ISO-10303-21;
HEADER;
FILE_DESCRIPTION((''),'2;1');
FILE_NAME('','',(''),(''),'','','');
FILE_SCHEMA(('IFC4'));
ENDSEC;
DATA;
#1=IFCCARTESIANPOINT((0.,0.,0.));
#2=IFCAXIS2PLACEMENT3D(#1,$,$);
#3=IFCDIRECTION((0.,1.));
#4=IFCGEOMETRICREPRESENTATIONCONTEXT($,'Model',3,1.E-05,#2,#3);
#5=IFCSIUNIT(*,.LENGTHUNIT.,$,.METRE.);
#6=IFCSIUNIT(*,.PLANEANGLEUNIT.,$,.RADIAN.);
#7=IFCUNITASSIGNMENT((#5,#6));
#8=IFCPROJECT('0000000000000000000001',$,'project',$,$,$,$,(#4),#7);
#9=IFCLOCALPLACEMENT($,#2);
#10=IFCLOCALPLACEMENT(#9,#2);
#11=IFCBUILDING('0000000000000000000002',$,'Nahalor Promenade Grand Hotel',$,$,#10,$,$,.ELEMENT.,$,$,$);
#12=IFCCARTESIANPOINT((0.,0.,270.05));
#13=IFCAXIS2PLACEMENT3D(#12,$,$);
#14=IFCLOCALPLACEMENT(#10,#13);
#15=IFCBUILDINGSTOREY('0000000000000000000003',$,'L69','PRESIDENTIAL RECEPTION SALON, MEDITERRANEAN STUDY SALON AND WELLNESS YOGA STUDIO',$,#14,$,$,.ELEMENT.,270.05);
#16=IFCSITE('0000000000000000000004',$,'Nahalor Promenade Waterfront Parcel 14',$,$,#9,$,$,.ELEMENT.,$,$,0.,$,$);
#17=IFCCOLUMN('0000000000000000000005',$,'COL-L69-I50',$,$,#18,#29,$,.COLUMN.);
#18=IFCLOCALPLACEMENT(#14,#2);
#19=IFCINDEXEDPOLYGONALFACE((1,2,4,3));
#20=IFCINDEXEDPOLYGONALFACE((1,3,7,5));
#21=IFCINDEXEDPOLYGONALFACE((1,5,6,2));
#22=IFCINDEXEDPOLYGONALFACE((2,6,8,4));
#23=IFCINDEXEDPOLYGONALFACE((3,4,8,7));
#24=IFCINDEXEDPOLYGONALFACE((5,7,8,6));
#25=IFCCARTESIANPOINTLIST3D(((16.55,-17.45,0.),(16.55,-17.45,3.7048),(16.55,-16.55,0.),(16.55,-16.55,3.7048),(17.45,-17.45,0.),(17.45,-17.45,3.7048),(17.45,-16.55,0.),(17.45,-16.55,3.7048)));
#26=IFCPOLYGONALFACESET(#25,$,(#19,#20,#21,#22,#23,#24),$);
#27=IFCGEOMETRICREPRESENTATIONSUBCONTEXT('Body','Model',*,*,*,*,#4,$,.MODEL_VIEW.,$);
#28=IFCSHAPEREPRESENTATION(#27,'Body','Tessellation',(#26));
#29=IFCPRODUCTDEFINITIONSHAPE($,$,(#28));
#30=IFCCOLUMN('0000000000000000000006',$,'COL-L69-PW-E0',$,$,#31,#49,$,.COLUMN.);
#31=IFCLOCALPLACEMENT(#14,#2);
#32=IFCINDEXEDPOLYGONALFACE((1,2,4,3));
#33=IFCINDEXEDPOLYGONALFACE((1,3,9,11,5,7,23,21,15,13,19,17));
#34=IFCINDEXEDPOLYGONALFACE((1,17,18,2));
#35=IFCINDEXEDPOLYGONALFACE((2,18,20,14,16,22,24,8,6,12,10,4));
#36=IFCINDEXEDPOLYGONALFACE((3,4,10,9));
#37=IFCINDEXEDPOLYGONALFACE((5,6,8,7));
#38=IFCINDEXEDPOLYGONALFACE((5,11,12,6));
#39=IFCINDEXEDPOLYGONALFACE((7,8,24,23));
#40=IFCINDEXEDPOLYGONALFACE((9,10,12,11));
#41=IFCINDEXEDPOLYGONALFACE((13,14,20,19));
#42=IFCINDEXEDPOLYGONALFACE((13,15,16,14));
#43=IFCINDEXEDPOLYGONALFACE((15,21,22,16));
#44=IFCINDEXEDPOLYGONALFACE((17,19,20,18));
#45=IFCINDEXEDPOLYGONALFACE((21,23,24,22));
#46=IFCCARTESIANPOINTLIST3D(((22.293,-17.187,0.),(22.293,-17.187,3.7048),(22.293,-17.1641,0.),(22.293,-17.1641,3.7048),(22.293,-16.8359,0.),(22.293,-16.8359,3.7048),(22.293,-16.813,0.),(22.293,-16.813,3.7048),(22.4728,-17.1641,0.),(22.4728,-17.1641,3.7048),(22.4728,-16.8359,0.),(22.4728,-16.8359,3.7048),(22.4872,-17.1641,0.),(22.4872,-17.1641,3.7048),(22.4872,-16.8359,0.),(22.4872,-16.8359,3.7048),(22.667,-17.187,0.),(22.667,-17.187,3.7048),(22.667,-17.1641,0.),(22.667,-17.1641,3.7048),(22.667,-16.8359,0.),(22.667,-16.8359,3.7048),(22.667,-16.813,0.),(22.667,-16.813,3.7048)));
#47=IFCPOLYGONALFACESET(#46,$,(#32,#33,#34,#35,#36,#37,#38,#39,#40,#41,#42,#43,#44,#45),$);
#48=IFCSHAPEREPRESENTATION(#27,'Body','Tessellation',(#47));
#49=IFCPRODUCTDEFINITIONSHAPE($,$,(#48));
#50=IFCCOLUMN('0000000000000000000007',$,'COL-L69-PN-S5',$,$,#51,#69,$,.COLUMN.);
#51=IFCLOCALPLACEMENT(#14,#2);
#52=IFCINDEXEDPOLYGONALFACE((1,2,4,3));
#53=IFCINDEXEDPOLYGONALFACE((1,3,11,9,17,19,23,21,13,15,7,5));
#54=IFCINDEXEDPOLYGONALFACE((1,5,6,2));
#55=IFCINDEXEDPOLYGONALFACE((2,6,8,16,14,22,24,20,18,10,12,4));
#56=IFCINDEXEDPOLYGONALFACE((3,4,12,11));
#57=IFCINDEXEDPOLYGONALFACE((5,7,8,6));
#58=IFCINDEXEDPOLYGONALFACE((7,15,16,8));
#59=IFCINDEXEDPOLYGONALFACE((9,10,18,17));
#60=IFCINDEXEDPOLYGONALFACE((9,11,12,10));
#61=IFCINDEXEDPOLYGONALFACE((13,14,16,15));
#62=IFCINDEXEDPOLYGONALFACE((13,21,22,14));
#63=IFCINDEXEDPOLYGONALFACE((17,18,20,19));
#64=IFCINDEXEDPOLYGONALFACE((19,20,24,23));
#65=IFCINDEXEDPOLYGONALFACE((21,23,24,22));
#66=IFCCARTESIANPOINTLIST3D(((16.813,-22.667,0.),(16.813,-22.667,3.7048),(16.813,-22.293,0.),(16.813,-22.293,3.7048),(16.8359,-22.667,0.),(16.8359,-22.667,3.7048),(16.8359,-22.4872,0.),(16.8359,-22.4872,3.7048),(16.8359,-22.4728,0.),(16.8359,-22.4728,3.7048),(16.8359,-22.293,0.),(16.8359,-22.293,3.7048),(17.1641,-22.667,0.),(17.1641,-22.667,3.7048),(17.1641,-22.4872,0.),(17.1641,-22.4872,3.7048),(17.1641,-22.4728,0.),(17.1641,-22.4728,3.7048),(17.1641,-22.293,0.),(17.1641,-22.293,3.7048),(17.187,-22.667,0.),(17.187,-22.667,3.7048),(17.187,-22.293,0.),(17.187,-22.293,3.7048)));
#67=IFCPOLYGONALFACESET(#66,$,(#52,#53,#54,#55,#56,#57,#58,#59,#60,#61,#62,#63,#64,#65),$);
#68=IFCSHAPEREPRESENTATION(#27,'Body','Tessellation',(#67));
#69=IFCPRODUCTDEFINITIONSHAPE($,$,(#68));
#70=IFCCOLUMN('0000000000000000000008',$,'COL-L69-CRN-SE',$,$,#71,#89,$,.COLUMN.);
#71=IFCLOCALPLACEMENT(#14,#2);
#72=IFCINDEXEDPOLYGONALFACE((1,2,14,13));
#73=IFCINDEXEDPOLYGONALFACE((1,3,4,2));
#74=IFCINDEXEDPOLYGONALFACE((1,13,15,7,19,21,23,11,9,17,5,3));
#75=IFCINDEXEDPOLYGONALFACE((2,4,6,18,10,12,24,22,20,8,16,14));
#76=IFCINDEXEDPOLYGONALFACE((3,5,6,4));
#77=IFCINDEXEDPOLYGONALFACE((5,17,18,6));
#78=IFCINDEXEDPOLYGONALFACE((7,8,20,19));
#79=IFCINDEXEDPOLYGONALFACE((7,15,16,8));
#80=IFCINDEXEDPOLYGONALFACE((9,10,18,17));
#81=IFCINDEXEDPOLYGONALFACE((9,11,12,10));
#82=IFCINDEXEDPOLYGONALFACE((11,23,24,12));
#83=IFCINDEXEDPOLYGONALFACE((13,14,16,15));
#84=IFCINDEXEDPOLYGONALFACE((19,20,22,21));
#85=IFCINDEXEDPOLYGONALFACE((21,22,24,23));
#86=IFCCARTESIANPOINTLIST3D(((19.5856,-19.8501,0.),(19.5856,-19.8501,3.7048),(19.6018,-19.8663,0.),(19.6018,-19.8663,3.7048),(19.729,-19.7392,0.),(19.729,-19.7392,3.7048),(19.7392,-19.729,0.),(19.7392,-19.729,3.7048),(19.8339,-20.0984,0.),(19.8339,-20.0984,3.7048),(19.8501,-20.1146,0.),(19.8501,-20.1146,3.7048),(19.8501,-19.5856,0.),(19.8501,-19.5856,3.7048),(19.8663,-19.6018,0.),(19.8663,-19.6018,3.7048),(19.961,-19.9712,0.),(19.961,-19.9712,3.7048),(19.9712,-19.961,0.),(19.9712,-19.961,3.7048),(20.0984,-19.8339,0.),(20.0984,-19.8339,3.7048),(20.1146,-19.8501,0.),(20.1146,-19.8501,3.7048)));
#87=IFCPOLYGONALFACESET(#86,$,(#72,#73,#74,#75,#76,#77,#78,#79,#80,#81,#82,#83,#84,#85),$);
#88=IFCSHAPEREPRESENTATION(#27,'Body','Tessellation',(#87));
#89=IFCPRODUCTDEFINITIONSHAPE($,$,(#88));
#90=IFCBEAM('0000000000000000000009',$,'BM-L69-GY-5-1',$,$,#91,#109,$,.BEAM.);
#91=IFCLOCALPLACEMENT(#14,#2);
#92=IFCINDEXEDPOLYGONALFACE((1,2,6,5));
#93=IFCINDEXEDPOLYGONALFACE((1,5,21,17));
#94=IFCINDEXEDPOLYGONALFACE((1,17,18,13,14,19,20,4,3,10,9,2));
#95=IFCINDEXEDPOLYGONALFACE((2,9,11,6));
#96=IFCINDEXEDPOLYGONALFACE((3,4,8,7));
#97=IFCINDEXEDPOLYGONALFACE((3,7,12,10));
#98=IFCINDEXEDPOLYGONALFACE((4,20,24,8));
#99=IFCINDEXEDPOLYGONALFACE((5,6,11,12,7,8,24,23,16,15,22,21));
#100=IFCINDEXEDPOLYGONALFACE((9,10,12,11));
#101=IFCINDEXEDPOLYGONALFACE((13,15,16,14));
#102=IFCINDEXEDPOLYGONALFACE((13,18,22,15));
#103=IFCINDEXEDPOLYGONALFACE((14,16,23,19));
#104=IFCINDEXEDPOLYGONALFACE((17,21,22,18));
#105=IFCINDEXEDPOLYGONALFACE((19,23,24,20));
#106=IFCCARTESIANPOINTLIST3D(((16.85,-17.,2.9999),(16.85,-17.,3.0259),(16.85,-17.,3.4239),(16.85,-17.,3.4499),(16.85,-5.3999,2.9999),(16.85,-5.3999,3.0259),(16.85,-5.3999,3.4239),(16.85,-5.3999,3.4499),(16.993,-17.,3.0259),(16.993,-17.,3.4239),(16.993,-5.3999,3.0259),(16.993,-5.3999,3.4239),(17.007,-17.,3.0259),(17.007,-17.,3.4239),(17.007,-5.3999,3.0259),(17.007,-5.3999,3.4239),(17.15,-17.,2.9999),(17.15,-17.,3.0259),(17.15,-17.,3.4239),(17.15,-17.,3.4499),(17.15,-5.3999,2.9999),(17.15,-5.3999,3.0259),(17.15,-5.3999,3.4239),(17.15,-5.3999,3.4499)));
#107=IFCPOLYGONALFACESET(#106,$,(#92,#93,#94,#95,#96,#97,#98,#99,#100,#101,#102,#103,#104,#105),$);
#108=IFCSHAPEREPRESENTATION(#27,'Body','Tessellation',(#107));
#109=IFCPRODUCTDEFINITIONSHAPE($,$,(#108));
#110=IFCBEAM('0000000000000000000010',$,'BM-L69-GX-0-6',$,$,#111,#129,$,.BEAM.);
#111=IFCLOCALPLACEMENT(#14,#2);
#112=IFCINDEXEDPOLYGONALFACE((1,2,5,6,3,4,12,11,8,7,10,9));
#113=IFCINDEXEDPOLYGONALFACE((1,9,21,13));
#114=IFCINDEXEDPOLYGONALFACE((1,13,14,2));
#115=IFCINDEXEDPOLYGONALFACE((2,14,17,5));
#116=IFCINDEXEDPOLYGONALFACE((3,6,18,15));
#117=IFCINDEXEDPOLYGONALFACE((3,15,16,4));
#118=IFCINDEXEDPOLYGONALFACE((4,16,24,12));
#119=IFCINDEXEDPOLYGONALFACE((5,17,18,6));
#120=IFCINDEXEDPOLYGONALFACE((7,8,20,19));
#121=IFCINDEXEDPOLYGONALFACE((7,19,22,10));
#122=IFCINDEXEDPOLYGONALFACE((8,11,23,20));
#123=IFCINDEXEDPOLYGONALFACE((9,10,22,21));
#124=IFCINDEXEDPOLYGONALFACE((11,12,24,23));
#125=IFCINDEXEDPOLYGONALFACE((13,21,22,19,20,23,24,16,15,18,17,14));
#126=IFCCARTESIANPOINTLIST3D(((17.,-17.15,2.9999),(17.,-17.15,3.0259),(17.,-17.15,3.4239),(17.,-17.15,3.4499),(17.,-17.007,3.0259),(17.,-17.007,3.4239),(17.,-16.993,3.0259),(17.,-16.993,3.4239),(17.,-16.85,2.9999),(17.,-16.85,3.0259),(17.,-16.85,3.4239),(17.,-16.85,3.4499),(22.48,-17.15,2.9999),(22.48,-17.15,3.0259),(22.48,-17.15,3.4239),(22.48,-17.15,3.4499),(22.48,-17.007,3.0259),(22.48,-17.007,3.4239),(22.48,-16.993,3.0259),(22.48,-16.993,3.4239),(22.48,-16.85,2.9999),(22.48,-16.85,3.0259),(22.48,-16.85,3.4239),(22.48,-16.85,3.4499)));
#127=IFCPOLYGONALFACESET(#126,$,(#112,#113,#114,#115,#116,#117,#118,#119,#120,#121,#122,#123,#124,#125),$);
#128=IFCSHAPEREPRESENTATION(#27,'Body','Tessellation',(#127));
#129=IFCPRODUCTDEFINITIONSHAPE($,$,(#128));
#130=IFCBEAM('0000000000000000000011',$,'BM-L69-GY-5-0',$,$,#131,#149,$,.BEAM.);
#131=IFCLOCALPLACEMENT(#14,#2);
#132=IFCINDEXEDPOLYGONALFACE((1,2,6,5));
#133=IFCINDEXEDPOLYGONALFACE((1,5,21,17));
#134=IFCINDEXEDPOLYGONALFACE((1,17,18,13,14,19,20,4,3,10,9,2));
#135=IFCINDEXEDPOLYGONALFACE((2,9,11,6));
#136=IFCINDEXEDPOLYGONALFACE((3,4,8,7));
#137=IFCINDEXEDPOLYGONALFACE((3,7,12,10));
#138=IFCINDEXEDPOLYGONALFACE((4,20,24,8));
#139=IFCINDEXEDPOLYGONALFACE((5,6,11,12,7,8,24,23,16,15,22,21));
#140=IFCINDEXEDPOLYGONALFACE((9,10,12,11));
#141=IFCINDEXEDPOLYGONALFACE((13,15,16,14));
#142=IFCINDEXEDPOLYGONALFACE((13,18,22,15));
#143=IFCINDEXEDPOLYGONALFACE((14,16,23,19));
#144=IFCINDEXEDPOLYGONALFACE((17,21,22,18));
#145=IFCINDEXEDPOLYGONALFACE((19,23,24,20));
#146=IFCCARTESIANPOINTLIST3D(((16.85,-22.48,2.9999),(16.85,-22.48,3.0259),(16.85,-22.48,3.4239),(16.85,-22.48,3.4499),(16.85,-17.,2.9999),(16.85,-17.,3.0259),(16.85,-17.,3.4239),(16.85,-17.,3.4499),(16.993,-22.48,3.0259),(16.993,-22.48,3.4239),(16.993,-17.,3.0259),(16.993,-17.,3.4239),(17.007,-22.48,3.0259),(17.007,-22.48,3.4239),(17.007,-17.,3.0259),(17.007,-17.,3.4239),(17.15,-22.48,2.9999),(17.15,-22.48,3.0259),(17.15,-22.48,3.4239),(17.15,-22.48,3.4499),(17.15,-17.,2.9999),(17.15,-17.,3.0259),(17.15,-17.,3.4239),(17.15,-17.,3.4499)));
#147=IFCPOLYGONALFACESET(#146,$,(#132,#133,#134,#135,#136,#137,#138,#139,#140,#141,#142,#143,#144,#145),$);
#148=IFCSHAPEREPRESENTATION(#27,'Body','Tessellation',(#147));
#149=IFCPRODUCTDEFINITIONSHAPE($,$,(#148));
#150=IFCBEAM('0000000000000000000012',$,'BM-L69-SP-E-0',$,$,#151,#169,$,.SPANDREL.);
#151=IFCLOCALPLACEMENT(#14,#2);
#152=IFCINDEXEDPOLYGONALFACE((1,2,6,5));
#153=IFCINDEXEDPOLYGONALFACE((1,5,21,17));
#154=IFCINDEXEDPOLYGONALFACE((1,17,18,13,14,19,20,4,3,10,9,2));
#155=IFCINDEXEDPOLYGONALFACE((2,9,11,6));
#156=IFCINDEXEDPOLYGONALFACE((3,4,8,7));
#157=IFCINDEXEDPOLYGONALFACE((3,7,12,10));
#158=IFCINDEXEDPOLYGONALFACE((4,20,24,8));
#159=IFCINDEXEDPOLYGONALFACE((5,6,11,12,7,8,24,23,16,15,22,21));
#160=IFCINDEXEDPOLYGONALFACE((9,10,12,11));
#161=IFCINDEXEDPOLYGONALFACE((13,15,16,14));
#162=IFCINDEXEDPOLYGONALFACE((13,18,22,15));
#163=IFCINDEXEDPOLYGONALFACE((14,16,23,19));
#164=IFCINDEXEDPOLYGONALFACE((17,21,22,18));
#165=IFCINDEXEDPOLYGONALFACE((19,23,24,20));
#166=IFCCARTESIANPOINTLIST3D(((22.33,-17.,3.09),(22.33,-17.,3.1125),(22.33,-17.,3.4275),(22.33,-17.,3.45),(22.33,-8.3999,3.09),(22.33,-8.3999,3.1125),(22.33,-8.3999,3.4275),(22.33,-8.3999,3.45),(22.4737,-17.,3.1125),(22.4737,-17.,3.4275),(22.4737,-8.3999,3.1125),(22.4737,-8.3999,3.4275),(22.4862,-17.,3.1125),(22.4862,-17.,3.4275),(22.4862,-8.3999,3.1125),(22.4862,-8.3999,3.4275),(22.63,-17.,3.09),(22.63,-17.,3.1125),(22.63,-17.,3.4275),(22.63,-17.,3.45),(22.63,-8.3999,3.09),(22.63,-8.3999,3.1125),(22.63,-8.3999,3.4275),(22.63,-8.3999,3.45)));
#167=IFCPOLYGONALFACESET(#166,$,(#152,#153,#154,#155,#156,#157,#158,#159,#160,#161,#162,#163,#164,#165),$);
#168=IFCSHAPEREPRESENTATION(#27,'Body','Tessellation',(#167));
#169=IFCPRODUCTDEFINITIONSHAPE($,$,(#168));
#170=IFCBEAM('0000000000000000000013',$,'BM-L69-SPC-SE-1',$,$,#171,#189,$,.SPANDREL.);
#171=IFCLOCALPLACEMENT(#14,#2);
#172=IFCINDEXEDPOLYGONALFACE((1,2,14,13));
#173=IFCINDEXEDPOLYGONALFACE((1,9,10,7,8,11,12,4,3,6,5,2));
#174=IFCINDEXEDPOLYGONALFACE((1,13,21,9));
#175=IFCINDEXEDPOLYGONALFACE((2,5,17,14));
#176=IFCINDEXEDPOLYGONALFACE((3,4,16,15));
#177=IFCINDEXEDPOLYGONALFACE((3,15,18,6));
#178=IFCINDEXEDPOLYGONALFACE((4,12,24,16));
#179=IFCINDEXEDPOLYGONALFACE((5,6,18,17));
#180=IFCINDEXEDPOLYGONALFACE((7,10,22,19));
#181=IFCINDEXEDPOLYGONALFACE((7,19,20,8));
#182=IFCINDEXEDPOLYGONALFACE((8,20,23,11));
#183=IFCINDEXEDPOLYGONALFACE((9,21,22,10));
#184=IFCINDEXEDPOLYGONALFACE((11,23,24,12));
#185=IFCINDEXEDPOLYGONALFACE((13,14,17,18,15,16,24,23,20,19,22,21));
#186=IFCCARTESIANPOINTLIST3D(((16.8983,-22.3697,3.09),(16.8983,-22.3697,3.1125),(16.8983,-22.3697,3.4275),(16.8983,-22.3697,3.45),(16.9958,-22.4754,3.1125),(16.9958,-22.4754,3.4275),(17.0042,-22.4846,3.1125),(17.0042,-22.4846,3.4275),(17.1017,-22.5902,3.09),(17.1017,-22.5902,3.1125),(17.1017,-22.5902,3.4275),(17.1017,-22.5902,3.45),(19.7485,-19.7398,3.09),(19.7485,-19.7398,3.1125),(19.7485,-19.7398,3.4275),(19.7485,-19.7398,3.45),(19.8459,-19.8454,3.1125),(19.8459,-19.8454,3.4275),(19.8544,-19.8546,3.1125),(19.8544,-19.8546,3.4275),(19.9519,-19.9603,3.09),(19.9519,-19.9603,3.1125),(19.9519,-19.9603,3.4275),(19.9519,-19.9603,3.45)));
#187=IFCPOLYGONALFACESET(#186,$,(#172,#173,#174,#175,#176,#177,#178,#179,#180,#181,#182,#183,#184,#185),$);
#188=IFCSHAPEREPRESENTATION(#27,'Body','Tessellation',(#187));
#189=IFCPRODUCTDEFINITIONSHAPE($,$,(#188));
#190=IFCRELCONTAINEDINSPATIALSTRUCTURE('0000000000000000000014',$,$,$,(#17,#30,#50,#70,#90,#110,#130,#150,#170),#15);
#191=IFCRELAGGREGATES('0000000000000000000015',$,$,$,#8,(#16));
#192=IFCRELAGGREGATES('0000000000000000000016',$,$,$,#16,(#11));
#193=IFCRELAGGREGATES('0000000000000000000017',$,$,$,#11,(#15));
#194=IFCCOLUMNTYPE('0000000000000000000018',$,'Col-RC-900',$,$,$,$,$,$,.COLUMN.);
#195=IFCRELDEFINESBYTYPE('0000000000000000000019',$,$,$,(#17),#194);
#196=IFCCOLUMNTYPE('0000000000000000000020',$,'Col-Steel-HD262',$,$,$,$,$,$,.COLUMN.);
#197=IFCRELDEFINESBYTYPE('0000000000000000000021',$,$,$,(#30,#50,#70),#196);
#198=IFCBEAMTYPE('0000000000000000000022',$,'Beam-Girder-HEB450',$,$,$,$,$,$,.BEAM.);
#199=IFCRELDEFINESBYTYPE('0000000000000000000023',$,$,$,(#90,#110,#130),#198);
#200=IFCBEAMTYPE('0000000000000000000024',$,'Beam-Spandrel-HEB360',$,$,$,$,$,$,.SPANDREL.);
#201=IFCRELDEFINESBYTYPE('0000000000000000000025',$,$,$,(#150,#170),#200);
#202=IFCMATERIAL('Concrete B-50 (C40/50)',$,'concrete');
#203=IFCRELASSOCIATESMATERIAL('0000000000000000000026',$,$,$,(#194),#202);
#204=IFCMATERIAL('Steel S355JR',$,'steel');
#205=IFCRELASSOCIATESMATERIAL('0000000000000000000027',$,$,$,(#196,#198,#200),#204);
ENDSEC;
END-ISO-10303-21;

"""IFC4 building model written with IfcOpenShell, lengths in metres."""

from ifc_helpers import new_model, si_unit, direction, frame, origin, origin_2d, place, context, subcontext, project, spatial, rectangle, i_section, extrude, source, transform, mapped, material, material_profile, profile_set, type_object, element, save


model = new_model("IFC4")

# Units and contexts
model_context = context("Model", 3, precision=1e-05, world=origin(), true_north=direction((0.0, 1.0)))
body_context = subcontext(model_context, "Body", "Model", "MODEL_VIEW")
ifc_project = project(units=[si_unit("LENGTHUNIT", "METRE"), si_unit("PLANEANGLEUNIT", "RADIAN")], contexts=[model_context])

# Site, building, storey
site_placement = place(None, origin())
site = spatial("IfcSite", under=ifc_project, at=site_placement, Name="Nahalor Promenade Waterfront Parcel 14", CompositionType="ELEMENT", RefElevation=0.0)
building_placement = place(site_placement, origin())
building = spatial("IfcBuilding", under=site, at=building_placement, Name="Nahalor Promenade Grand Hotel", CompositionType="ELEMENT")
storey_placement = place(building_placement, frame((0.0, 0.0, 270.05)))
storey = spatial("IfcBuildingStorey", under=building, at=storey_placement, Name="L69", Description="PRESIDENTIAL RECEPTION SALON, MEDITERRANEAN STUDY SALON AND WELLNESS YOGA STUDIO", CompositionType="ELEMENT", Elevation=270.05)

# Columns
ifc_material_1 = material(Name="Concrete B-50 (C40/50)", Category="concrete")
ifc_material_profile_1 = material_profile(ifc_material_1, rectangle(XDim=0.9, YDim=0.9, at=origin_2d()), Name="RC 900x900")
ifc_profile_set_1 = profile_set([ifc_material_profile_1], Name="Concrete B-50 (C40/50)")
column_type_1 = type_object("IfcColumnType", Name="Col-RC-900", PredefinedType="COLUMN", material=ifc_profile_set_1)
shared_shape_1 = source(origin(), body_context, "Body", "SweptSolid", [
    extrude(rectangle(XDim=0.9, YDim=0.9, at=origin_2d()), origin(), (0.0, 0.0, 1.0), 3.7048),
])
column_placement = place(storey_placement, frame((17.0, -17.0, 0.0), z_axis=(0.0, 0.0, 1.0), x_axis=(1.0, 0.0, 0.0)))
element("IfcColumn", 1, at=column_placement, inside=storey, type_object=column_type_1, Name="COL-L69-I50", PredefinedType="COLUMN", context=body_context, shape_type="MappedRepresentation", body=[
    mapped(shared_shape_1, transform((0.0, 0.0, 0.0), scale=1.0)),
])
ifc_material_2 = material(Name="Steel S355JR", Category="steel")
ifc_material_profile_2 = material_profile(ifc_material_2, i_section(OverallWidth=0.374, OverallDepth=0.374, WebThickness=0.0144, FlangeThickness=0.0229, at=origin_2d()), Name="HD 360x262")
ifc_profile_set_2 = profile_set([ifc_material_profile_2], Name="Steel S355JR")
column_type_2 = type_object("IfcColumnType", Name="Col-Steel-HD262", PredefinedType="COLUMN", material=ifc_profile_set_2)
shared_shape_2 = source(origin(), body_context, "Body", "SweptSolid", [
    extrude(i_section(OverallWidth=0.374, OverallDepth=0.374, WebThickness=0.0144, FlangeThickness=0.0229, at=origin_2d()), origin(), (0.0, 0.0, 1.0), 3.7048),
])
for number, where, z_axis, x_axis, name in (
    (2, (22.48, -17.0, 0.0), (0.0, 0.0, 1.0), (1.0, 0.0, 0.0), "COL-L69-PW-E0"),
    (3, (17.0, -22.48, 0.0), (0.0, 0.0, 1.0), (0.0, 1.0, 0.0), "COL-L69-PN-S5"),
    (4, (19.8501, -19.8501, 0.0), (0.0, 0.0, 1.0), (0.707107, 0.707107, 0.0), "COL-L69-CRN-SE"),
):
    element("IfcColumn", number, at=place(storey_placement, frame(where, z_axis=z_axis, x_axis=x_axis)), inside=storey, type_object=column_type_2, Name=name, PredefinedType="COLUMN", context=body_context, shape_type="MappedRepresentation", body=[
        mapped(shared_shape_2, transform((0.0, 0.0, 0.0), scale=1.0)),
    ])

# Beams
ifc_material_profile_3 = material_profile(ifc_material_2, i_section(OverallWidth=0.3, OverallDepth=0.45, WebThickness=0.014, FlangeThickness=0.026, at=origin_2d()), Name="HEB 450")
ifc_profile_set_3 = profile_set([ifc_material_profile_3], Name="Steel S355JR")
beam_type_1 = type_object("IfcBeamType", Name="Beam-Girder-HEB450", PredefinedType="BEAM", material=ifc_profile_set_3)
shared_shape_3 = source(origin(), body_context, "Body", "SweptSolid", [
    extrude(i_section(OverallWidth=0.3, OverallDepth=0.45, WebThickness=0.014, FlangeThickness=0.026, at=origin_2d()), origin(), (0.0, 0.0, 1.0), 11.6001),
])
beam_1_placement = place(storey_placement, frame((17.0, -17.0, 3.2249), z_axis=(0.0, 1.0, 0.0), x_axis=(-1.0, 0.0, 0.0)))
element("IfcBeam", 5, at=beam_1_placement, inside=storey, type_object=beam_type_1, Name="BM-L69-GY-5-1", PredefinedType="BEAM", context=body_context, shape_type="MappedRepresentation", body=[
    mapped(shared_shape_3, transform((0.0, 0.0, 0.0), scale=1.0)),
])
shared_shape_4 = source(origin(), body_context, "Body", "SweptSolid", [
    extrude(i_section(OverallWidth=0.3, OverallDepth=0.45, WebThickness=0.014, FlangeThickness=0.026, at=origin_2d()), origin(), (0.0, 0.0, 1.0), 5.48),
])
for number, where, z_axis, x_axis, name in (
    (6, (17.0, -17.0, 3.2249), (1.0, 0.0, 0.0), (0.0, 1.0, 0.0), "BM-L69-GX-0-6"),
    (7, (17.0, -22.48, 3.2249), (0.0, 1.0, 0.0), (-1.0, 0.0, 0.0), "BM-L69-GY-5-0"),
):
    element("IfcBeam", number, at=place(storey_placement, frame(where, z_axis=z_axis, x_axis=x_axis)), inside=storey, type_object=beam_type_1, Name=name, PredefinedType="BEAM", context=body_context, shape_type="MappedRepresentation", body=[
        mapped(shared_shape_4, transform((0.0, 0.0, 0.0), scale=1.0)),
    ])
ifc_material_profile_4 = material_profile(ifc_material_2, i_section(OverallWidth=0.3, OverallDepth=0.36, WebThickness=0.0125, FlangeThickness=0.0225, at=origin_2d()), Name="HEB 360")
ifc_profile_set_4 = profile_set([ifc_material_profile_4], Name="Steel S355JR")
beam_type_2 = type_object("IfcBeamType", Name="Beam-Spandrel-HEB360", PredefinedType="SPANDREL", material=ifc_profile_set_4)
shared_shape_5 = source(origin(), body_context, "Body", "SweptSolid", [
    extrude(i_section(OverallWidth=0.3, OverallDepth=0.36, WebThickness=0.0125, FlangeThickness=0.0225, at=origin_2d()), origin(), (0.0, 0.0, 1.0), 8.6001),
])
beam_2_placement = place(storey_placement, frame((22.48, -17.0, 3.27), z_axis=(0.0, 1.0, 0.0), x_axis=(-1.0, 0.0, 0.0)))
element("IfcBeam", 8, at=beam_2_placement, inside=storey, type_object=beam_type_2, Name="BM-L69-SP-E-0", PredefinedType="SPANDREL", context=body_context, shape_type="MappedRepresentation", body=[
    mapped(shared_shape_5, transform((0.0, 0.0, 0.0), scale=1.0)),
])
shared_shape_6 = source(origin(), body_context, "Body", "SweptSolid", [
    extrude(i_section(OverallWidth=0.3, OverallDepth=0.36, WebThickness=0.0125, FlangeThickness=0.0225, at=origin_2d()), origin(), (0.0, 0.0, 1.0), 3.8782),
])
for number, where, z_axis, x_axis, name in (
    (9, (17.0, -22.48, 3.27), (0.734929, 0.678144, 0.0), (-0.678144, 0.734929, 0.0), "BM-L69-SPC-SE-1"),
):
    element("IfcBeam", number, at=place(storey_placement, frame(where, z_axis=z_axis, x_axis=x_axis)), inside=storey, type_object=beam_type_2, Name=name, PredefinedType="SPANDREL", context=body_context, shape_type="MappedRepresentation", body=[
        mapped(shared_shape_6, transform((0.0, 0.0, 0.0), scale=1.0)),
    ])

save(model, "model.ifc")
